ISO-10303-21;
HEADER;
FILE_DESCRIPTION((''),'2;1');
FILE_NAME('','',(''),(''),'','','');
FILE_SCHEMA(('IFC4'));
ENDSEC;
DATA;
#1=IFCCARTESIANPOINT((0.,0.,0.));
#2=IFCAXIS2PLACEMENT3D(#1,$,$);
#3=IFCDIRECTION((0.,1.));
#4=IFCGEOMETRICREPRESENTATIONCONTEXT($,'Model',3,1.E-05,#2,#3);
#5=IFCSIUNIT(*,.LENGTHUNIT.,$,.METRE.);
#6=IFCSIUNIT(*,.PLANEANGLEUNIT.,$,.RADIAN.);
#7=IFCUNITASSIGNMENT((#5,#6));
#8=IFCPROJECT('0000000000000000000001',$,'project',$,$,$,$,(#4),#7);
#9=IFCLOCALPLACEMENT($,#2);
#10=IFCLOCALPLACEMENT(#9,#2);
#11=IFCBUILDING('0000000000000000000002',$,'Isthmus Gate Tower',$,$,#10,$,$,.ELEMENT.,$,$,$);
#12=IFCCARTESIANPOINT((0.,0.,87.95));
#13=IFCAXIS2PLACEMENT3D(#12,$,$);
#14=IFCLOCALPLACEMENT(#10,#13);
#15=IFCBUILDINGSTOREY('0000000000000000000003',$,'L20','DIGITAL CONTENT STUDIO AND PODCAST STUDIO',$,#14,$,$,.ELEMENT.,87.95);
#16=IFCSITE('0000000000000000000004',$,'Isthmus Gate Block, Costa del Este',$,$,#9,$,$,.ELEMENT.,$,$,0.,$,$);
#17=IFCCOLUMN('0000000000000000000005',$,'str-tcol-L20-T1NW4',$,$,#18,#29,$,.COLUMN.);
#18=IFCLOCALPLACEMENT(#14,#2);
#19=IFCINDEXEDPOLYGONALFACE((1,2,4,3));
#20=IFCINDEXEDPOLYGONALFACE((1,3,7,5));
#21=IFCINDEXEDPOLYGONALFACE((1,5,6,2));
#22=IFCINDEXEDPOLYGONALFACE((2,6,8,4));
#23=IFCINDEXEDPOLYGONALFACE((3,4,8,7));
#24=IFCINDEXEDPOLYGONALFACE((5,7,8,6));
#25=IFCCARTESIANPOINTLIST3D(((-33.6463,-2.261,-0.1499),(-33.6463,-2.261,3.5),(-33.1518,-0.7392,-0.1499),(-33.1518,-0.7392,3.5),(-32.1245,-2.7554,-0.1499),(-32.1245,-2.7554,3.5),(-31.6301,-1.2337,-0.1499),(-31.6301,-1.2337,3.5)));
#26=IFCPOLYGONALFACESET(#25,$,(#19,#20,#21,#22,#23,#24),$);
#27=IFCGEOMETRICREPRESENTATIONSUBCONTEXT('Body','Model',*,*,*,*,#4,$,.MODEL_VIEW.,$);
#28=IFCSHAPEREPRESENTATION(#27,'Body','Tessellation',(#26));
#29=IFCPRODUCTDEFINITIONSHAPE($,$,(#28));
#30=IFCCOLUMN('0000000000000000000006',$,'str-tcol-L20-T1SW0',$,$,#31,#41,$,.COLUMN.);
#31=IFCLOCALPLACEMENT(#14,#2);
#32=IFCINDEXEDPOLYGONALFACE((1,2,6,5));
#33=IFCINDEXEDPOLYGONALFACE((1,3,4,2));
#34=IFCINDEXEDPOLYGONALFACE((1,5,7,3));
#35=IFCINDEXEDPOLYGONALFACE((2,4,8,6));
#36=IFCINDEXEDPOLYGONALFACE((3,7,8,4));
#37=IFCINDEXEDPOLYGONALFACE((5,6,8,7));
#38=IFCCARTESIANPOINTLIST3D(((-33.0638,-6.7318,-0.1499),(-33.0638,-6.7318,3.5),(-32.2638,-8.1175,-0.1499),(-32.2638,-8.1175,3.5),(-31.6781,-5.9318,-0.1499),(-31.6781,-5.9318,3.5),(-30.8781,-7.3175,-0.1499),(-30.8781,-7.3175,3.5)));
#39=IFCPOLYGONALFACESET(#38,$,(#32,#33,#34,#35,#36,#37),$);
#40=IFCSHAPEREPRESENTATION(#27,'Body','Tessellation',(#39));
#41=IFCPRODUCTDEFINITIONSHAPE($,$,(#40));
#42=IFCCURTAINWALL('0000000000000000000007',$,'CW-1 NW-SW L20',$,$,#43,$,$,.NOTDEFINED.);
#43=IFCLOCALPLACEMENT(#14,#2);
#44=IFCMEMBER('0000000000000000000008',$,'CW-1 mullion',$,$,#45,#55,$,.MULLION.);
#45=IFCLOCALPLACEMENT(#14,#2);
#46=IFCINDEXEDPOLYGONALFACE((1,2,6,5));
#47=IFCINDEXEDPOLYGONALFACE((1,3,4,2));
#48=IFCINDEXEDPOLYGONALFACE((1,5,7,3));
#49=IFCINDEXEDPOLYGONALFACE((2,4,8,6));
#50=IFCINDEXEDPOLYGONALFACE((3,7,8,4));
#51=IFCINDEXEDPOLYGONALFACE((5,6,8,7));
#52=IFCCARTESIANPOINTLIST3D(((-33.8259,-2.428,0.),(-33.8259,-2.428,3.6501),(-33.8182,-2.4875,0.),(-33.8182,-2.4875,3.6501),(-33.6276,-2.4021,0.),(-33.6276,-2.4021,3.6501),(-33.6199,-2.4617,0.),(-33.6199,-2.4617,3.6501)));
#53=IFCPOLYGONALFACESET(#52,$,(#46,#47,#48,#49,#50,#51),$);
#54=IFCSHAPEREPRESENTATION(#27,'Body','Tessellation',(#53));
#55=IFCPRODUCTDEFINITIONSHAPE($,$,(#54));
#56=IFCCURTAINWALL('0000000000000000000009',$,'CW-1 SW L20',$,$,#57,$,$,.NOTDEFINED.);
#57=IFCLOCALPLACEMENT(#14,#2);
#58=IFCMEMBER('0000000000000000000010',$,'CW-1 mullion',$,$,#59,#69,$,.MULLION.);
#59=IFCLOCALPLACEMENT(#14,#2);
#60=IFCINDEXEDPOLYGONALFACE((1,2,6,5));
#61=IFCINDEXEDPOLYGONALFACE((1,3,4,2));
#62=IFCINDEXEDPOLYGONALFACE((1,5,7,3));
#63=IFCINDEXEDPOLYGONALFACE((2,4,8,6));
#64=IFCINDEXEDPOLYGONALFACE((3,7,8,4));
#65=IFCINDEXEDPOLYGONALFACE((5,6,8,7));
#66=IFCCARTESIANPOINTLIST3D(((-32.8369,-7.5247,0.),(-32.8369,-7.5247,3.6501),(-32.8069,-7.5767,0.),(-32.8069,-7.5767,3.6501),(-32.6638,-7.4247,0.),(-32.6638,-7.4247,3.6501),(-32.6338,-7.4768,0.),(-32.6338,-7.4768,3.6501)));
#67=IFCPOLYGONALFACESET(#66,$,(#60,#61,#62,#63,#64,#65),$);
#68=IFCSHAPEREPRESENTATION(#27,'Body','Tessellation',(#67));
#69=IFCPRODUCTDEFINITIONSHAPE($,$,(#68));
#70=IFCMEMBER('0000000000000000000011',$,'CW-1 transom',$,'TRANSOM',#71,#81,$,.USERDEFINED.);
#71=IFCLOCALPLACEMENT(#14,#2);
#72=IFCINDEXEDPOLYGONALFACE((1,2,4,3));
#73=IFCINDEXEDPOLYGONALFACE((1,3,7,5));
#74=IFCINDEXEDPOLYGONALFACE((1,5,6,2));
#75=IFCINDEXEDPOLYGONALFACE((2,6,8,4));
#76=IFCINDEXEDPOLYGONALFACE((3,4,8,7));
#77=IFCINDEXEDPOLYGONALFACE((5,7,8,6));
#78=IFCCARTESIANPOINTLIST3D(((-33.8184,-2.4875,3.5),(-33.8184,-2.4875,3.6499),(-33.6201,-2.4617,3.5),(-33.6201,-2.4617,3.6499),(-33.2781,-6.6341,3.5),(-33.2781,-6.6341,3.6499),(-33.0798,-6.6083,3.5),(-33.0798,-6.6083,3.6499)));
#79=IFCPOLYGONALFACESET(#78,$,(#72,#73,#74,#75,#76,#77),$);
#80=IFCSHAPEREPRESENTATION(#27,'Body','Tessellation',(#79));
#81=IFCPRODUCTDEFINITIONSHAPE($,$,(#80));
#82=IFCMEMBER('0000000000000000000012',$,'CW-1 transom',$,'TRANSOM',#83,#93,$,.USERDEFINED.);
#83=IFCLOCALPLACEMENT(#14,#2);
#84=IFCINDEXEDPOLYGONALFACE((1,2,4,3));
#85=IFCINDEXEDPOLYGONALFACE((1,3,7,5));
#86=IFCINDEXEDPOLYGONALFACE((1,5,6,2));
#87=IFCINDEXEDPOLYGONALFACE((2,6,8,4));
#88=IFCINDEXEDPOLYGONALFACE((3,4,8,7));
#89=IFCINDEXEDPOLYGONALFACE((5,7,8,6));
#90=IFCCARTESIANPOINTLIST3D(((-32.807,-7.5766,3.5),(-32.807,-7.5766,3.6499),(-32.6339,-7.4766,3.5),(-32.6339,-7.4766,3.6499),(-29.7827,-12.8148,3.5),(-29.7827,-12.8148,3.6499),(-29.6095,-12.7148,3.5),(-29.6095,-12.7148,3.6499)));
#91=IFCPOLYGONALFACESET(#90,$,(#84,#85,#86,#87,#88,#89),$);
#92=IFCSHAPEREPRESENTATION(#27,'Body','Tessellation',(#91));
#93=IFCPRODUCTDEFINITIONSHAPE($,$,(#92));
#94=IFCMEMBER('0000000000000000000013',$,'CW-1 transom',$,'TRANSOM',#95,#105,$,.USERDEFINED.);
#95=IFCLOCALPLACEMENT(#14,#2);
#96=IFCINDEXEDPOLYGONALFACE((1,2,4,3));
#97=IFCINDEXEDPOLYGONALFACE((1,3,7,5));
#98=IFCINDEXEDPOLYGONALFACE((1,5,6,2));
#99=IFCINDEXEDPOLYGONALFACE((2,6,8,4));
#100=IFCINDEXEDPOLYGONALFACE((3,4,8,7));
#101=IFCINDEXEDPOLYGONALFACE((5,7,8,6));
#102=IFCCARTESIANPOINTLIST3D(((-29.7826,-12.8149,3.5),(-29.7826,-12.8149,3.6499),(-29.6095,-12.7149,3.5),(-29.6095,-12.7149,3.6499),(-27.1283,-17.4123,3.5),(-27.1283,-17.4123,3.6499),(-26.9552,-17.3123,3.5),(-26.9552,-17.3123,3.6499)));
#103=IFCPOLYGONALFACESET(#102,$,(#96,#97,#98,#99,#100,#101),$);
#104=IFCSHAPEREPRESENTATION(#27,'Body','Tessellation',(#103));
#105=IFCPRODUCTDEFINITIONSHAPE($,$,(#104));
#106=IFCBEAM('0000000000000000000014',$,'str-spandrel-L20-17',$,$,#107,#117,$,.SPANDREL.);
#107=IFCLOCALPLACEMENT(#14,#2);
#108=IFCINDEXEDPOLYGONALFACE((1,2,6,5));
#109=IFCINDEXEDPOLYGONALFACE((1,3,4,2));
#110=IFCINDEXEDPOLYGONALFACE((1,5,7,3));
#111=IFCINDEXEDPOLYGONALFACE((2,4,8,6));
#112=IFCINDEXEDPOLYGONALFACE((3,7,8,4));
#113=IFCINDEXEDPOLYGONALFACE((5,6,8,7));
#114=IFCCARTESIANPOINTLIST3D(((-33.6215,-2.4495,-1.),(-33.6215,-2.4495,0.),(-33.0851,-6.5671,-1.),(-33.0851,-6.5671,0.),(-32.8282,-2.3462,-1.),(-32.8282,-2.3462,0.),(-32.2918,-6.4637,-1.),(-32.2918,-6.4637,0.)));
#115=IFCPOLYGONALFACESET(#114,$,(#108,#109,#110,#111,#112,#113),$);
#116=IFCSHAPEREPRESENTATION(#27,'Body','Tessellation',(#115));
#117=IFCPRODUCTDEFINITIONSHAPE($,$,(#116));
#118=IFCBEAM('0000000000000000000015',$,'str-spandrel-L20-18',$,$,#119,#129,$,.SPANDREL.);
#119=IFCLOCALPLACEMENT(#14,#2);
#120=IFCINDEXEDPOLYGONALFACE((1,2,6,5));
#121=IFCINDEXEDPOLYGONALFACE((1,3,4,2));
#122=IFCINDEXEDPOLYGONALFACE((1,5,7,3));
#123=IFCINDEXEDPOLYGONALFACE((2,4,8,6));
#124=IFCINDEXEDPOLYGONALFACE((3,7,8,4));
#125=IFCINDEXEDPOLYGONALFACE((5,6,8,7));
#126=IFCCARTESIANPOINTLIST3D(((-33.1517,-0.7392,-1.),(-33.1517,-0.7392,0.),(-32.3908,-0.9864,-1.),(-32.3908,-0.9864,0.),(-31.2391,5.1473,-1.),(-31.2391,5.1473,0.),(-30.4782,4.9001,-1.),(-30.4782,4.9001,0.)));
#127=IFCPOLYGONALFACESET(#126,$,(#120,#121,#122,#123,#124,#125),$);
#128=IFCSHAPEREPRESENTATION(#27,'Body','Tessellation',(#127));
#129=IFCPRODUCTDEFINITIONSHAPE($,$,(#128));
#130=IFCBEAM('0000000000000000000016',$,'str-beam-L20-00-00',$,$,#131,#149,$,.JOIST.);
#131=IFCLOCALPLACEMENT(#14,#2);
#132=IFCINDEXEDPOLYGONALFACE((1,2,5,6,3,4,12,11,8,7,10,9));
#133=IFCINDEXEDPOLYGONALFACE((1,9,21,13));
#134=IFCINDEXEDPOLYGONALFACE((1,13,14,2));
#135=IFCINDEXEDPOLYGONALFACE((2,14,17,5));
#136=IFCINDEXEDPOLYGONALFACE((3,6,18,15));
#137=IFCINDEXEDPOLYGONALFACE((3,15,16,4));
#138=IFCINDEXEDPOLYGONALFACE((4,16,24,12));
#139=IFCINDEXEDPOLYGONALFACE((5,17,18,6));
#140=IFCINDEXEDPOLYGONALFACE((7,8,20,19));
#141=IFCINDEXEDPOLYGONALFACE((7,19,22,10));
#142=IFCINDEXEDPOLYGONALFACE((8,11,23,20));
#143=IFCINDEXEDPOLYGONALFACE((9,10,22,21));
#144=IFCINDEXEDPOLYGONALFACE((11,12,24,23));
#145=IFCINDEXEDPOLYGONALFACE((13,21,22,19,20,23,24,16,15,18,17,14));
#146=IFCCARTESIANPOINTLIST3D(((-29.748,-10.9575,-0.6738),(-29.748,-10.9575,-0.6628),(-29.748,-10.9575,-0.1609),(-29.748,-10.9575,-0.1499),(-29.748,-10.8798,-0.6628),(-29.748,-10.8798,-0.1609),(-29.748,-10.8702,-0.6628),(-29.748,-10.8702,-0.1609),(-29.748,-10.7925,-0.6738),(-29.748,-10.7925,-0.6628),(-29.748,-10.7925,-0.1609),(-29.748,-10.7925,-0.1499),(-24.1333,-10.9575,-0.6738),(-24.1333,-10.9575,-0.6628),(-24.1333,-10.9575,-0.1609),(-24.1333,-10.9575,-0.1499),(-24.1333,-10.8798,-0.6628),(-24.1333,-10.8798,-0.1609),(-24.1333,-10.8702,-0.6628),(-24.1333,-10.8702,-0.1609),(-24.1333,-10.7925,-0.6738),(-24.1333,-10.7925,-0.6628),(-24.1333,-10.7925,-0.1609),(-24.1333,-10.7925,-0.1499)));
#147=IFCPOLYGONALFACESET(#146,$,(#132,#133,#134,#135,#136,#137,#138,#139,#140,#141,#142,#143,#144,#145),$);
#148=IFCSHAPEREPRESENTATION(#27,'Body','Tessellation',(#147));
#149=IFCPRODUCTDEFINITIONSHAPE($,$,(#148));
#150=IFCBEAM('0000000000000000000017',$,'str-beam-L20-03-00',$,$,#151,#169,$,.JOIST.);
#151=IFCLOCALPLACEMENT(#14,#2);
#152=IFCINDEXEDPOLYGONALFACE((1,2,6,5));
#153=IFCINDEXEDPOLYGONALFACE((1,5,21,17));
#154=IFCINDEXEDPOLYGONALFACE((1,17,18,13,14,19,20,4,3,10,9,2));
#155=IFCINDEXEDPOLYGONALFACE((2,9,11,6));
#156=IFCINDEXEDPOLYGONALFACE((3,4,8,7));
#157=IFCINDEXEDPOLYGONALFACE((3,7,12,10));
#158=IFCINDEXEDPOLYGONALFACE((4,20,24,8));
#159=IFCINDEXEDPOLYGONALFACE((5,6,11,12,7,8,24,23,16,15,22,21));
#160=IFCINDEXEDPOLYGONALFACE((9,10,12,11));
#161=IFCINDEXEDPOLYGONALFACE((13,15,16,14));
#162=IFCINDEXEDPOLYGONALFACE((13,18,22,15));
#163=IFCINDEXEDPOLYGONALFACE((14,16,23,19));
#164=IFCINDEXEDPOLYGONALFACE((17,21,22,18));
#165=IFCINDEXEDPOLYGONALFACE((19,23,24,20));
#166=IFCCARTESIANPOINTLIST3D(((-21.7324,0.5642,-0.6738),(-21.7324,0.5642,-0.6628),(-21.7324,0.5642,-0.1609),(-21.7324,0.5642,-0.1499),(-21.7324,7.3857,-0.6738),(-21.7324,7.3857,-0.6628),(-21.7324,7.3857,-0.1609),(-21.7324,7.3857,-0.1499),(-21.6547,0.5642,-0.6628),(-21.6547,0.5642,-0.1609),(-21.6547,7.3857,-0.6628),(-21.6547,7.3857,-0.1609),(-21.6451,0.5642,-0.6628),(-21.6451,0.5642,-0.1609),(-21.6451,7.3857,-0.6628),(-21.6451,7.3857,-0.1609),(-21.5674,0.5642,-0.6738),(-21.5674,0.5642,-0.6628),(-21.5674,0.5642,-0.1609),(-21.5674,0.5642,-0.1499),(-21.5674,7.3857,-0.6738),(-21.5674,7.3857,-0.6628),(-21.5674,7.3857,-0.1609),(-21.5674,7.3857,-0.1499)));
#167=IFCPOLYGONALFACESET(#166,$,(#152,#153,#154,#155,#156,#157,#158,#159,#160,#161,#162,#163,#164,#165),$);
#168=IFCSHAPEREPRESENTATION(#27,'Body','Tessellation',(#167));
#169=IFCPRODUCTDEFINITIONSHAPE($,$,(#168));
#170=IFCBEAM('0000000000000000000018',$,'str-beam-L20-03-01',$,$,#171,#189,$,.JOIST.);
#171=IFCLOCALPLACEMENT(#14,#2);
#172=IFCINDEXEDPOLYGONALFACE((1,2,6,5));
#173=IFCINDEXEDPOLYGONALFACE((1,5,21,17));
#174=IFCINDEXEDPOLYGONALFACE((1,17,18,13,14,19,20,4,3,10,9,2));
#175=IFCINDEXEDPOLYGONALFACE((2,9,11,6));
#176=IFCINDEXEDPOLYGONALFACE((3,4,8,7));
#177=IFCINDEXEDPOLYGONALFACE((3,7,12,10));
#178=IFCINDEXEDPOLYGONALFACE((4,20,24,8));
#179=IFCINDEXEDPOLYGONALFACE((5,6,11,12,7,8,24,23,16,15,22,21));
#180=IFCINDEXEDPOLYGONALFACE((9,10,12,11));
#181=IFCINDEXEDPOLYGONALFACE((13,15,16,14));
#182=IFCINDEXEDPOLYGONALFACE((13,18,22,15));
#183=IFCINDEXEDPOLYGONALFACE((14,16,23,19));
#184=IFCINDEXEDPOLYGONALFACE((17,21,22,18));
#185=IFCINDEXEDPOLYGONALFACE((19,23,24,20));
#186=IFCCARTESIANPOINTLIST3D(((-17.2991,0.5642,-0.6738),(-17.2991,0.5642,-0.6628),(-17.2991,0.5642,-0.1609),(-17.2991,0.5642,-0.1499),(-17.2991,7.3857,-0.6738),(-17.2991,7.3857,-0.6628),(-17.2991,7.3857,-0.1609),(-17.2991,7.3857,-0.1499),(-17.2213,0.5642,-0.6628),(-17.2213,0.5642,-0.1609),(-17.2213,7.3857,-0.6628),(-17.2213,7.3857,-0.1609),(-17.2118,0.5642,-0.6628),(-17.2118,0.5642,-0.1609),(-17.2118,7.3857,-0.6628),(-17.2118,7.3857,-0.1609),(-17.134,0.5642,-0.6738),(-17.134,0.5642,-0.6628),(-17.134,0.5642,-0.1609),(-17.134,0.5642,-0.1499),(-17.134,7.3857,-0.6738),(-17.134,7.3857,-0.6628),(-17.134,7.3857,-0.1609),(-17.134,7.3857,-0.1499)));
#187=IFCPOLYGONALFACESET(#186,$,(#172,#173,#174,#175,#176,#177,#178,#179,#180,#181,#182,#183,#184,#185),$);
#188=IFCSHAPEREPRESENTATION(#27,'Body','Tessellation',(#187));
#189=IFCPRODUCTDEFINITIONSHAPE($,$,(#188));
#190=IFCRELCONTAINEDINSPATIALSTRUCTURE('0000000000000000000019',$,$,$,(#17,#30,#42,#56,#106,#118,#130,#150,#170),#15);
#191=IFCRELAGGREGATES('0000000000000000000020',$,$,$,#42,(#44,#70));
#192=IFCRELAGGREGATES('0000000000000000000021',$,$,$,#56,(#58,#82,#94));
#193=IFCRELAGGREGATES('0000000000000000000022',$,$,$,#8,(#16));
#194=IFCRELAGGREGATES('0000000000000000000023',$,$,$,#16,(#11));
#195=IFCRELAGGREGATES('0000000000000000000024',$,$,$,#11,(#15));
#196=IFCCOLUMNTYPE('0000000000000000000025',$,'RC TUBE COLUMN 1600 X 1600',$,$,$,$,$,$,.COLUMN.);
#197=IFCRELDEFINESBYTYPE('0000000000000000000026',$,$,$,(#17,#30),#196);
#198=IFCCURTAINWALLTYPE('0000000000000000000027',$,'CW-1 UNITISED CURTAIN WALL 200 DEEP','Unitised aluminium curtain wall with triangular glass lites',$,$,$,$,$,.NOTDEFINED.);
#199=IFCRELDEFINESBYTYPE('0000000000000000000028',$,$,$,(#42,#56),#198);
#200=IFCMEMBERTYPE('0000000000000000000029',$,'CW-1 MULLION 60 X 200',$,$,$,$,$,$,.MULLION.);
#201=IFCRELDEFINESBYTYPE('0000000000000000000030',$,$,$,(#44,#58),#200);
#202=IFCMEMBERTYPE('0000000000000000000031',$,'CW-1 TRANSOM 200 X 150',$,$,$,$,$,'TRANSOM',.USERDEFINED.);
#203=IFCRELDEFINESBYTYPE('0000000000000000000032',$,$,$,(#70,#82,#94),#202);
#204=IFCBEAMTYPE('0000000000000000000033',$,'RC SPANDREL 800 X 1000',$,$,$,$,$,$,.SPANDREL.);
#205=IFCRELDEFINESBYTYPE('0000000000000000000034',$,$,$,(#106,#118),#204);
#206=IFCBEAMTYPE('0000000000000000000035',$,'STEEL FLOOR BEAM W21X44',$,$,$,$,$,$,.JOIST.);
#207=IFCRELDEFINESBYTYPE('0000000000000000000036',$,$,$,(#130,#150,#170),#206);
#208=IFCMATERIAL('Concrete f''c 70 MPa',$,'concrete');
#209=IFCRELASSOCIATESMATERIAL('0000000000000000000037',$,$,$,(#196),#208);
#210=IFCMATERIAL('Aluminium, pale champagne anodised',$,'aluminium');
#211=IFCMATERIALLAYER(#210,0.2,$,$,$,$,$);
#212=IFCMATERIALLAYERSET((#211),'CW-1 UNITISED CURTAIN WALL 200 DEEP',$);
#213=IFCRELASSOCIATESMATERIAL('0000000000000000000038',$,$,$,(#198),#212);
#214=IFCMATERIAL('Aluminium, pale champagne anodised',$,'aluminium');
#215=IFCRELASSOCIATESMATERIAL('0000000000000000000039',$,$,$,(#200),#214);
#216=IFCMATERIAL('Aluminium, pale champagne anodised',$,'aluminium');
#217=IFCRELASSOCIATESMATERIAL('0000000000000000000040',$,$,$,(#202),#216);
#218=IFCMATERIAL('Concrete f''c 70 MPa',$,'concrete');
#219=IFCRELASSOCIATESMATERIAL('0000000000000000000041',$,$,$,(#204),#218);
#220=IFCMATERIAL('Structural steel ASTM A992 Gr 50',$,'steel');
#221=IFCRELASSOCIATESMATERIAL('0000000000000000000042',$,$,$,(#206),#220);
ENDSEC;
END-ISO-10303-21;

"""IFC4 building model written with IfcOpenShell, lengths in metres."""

from ifc_helpers import new_model, si_unit, direction, frame, origin, origin_2d, place, context, subcontext, project, spatial, rectangle, i_section, extrude, material, layer, layer_set, material_profile, profile_set, type_object, element, aggregate, save


model = new_model("IFC4")

# Units and contexts
model_context = context("Model", 3, precision=1e-05, world=origin(), true_north=direction((0.0, 1.0)))
body_context = subcontext(model_context, "Body", "Model", "MODEL_VIEW")
ifc_project = project(units=[si_unit("LENGTHUNIT", "METRE"), si_unit("PLANEANGLEUNIT", "RADIAN")], contexts=[model_context])

# Site, building, storey
site_placement = place(None, origin())
site = spatial("IfcSite", under=ifc_project, at=site_placement, Name="Isthmus Gate Block, Costa del Este", CompositionType="ELEMENT", RefElevation=0.0)
building_placement = place(site_placement, origin())
building = spatial("IfcBuilding", under=site, at=building_placement, Name="Isthmus Gate Tower", CompositionType="ELEMENT")
storey_placement = place(building_placement, frame((0.0, 0.0, 87.95)))
storey = spatial("IfcBuildingStorey", under=building, at=storey_placement, Name="L20", Description="DIGITAL CONTENT STUDIO AND PODCAST STUDIO", CompositionType="ELEMENT", Elevation=87.95)

# Columns
ifc_material_1 = material(Name="Concrete f'c 70 MPa", Category="concrete")
ifc_material_profile_1 = material_profile(ifc_material_1, rectangle(XDim=1.6001, YDim=1.6001, at=origin_2d()), Name="RC 1600X1600")
ifc_profile_set_1 = profile_set([ifc_material_profile_1], Name="Concrete f'c 70 MPa")
column_type = type_object("IfcColumnType", Name="RC TUBE COLUMN 1600 X 1600", PredefinedType="COLUMN", material=ifc_profile_set_1)
for number, where, z_axis, x_axis, name in (
    (1, (-32.6382, -1.7473, -0.1499), (0.0, 0.0, 1.0), (-0.309017, -0.951057, 0.0), "str-tcol-L20-T1NW4"),
    (2, (-31.9709, -7.0247, -0.1499), (0.0, 0.0, 1.0), (0.5, -0.866025, 0.0), "str-tcol-L20-T1SW0"),
):
    element("IfcColumn", number, at=place(storey_placement, frame(where, z_axis=z_axis, x_axis=x_axis)), inside=storey, type_object=column_type, Name=name, PredefinedType="COLUMN", context=body_context, shape_type="SweptSolid", body=[
        extrude(rectangle(XDim=1.6001, YDim=1.6001, at=origin_2d()), origin(), (0.0, 0.0, 1.0), 3.6499),
    ])

# Curtain walls, members
ifc_material_2 = material(Name="Aluminium, pale champagne anodised", Category="aluminium")
ifc_layer_1 = layer(ifc_material_2, 0.2)
ifc_layer_set_1 = layer_set([ifc_layer_1], Name="CW-1 UNITISED CURTAIN WALL 200 DEEP")
curtain_wall_type = type_object("IfcCurtainWallType", Name="CW-1 UNITISED CURTAIN WALL 200 DEEP", Description="Unitised aluminium curtain wall with triangular glass lites", PredefinedType="NOTDEFINED", material=ifc_layer_set_1)
curtain_wall_1_placement = place(storey_placement, origin())
curtain_wall_1 = element("IfcCurtainWall", 3, at=curtain_wall_1_placement, inside=storey, type_object=curtain_wall_type, Name="CW-1 NW-SW L20", PredefinedType="NOTDEFINED")
ifc_material_3 = material(Name="Aluminium, pale champagne anodised", Category="aluminium")
ifc_material_profile_2 = material_profile(ifc_material_3, rectangle(XDim=0.0601, YDim=0.2, at=origin_2d()), Name="60x200")
ifc_profile_set_2 = profile_set([ifc_material_profile_2], Name="Aluminium, pale champagne anodised")
member_type_1 = type_object("IfcMemberType", Name="CW-1 MULLION 60 X 200", PredefinedType="MULLION", material=ifc_profile_set_2)
member_1_placement = place(storey_placement, frame((-33.7229, -2.4448, 0.0), z_axis=(0.0, 0.0, 1.0), x_axis=(0.129165, -0.991623, 0.0)))
member_1 = element("IfcMember", 4, at=member_1_placement, type_object=member_type_1, Name="CW-1 mullion", PredefinedType="MULLION", context=body_context, shape_type="SweptSolid", body=[
    extrude(rectangle(XDim=0.0601, YDim=0.2, at=origin_2d()), origin(), (0.0, 0.0, 1.0), 3.6501),
])
curtain_wall_2_placement = place(storey_placement, origin())
curtain_wall_2 = element("IfcCurtainWall", 5, at=curtain_wall_2_placement, inside=storey, type_object=curtain_wall_type, Name="CW-1 SW L20", PredefinedType="NOTDEFINED")
member_2_placement = place(storey_placement, frame((-32.7354, -7.5007, 0.0), z_axis=(0.0, 0.0, 1.0), x_axis=(0.5, -0.866025, 0.0)))
member_2 = element("IfcMember", 6, at=member_2_placement, type_object=member_type_1, Name="CW-1 mullion", PredefinedType="MULLION", context=body_context, shape_type="SweptSolid", body=[
    extrude(rectangle(XDim=0.0601, YDim=0.2, at=origin_2d()), origin(), (0.0, 0.0, 1.0), 3.6501),
])

# Members
ifc_material_4 = material(Name="Aluminium, pale champagne anodised", Category="aluminium")
ifc_material_profile_3 = material_profile(ifc_material_4, rectangle(XDim=0.2, YDim=0.1499, at=origin_2d()), Name="200x150")
ifc_profile_set_3 = profile_set([ifc_material_profile_3], Name="Aluminium, pale champagne anodised")
member_type_2 = type_object("IfcMemberType", Name="CW-1 TRANSOM 200 X 150", ElementType="TRANSOM", PredefinedType="USERDEFINED", material=ifc_profile_set_3)
member_3_placement = place(storey_placement, frame((-33.7192, -2.4746, 3.575), z_axis=(0.129207, -0.991618, 0.0), x_axis=(0.991618, 0.129207, 0.0)))
member_3 = element("IfcMember", 7, at=member_3_placement, type_object=member_type_2, Name="CW-1 transom", ObjectType="TRANSOM", PredefinedType="USERDEFINED", context=body_context, shape_type="SweptSolid", body=[
    extrude(rectangle(XDim=0.2, YDim=0.1499, at=origin_2d()), origin(), (0.0, 0.0, 1.0), 4.1816),
])
member_4_placement = place(storey_placement, frame((-32.7205, -7.5266, 3.575), z_axis=(0.500011, -0.866019, 0.0), x_axis=(0.866019, 0.500011, 0.0)))
member_4 = element("IfcMember", 8, at=member_4_placement, type_object=member_type_2, Name="CW-1 transom", ObjectType="TRANSOM", PredefinedType="USERDEFINED", context=body_context, shape_type="SweptSolid", body=[
    extrude(rectangle(XDim=0.2, YDim=0.1499, at=origin_2d()), origin(), (0.0, 0.0, 1.0), 6.0486),
])
member_5_placement = place(storey_placement, frame((-29.696, -12.7649, 3.575), z_axis=(0.499997, -0.866027, 0.0), x_axis=(0.866027, 0.499997, 0.0)))
member_5 = element("IfcMember", 9, at=member_5_placement, type_object=member_type_2, Name="CW-1 transom", ObjectType="TRANSOM", PredefinedType="USERDEFINED", context=body_context, shape_type="SweptSolid", body=[
    extrude(rectangle(XDim=0.2, YDim=0.1499, at=origin_2d()), origin(), (0.0, 0.0, 1.0), 5.3086),
])

# Beams
ifc_material_5 = material(Name="Concrete f'c 70 MPa", Category="concrete")
ifc_material_profile_4 = material_profile(ifc_material_5, rectangle(XDim=0.8, YDim=1.0, at=origin_2d()), Name="RC 800X1000")
ifc_profile_set_4 = profile_set([ifc_material_profile_4], Name="Concrete f'c 70 MPa")
beam_type_1 = type_object("IfcBeamType", Name="RC SPANDREL 800 X 1000", PredefinedType="SPANDREL", material=ifc_profile_set_4)
beam_1_placement = place(storey_placement, frame((-32.6885, -6.5154, -0.5), z_axis=(-0.129171, 0.991622, 0.0), x_axis=(-0.991622, -0.129171, 0.0)))
element("IfcBeam", 10, at=beam_1_placement, inside=storey, type_object=beam_type_1, Name="str-spandrel-L20-17", PredefinedType="SPANDREL", context=body_context, shape_type="SweptSolid", body=[
    extrude(rectangle(XDim=0.8, YDim=1.0, at=origin_2d()), origin(), (0.0, 0.0, 1.0), 4.1523),
])
beam_2_placement = place(storey_placement, frame((-32.7712, -0.8628, -0.5), z_axis=(0.309012, 0.951058, 0.0), x_axis=(-0.951058, 0.309012, 0.0)))
element("IfcBeam", 11, at=beam_2_placement, inside=storey, type_object=beam_type_1, Name="str-spandrel-L20-18", PredefinedType="SPANDREL", context=body_context, shape_type="SweptSolid", body=[
    extrude(rectangle(XDim=0.8, YDim=1.0, at=origin_2d()), origin(), (0.0, 0.0, 1.0), 6.1895),
])
ifc_material_6 = material(Name="Structural steel ASTM A992 Gr 50", Category="steel")
ifc_material_profile_5 = material_profile(ifc_material_6, i_section(OverallWidth=0.165, OverallDepth=0.5239, WebThickness=0.0095, FlangeThickness=0.011, at=origin_2d()), Name="W21X44")
ifc_profile_set_5 = profile_set([ifc_material_profile_5], Name="Structural steel ASTM A992 Gr 50")
beam_type_2 = type_object("IfcBeamType", Name="STEEL FLOOR BEAM W21X44", PredefinedType="JOIST", material=ifc_profile_set_5)
beam_3_placement = place(storey_placement, frame((-29.748, -10.875, -0.4119), z_axis=(1.0, 0.0, 0.0), x_axis=(0.0, 1.0, 0.0)))
element("IfcBeam", 12, at=beam_3_placement, inside=storey, type_object=beam_type_2, Name="str-beam-L20-00-00", PredefinedType="JOIST", context=body_context, shape_type="SweptSolid", body=[
    extrude(i_section(OverallWidth=0.165, OverallDepth=0.5239, WebThickness=0.0095, FlangeThickness=0.011, at=origin_2d()), origin(), (0.0, 0.0, 1.0), 5.6147),
])
for number, where, z_axis, x_axis, name in (
    (13, (-21.6499, 0.5642, -0.4119), (0.0, 1.0, 0.0), (-1.0, 0.0, 0.0), "str-beam-L20-03-00"),
    (14, (-17.2166, 0.5642, -0.4119), (0.0, 1.0, 0.0), (-1.0, 0.0, 0.0), "str-beam-L20-03-01"),
):
    element("IfcBeam", number, at=place(storey_placement, frame(where, z_axis=z_axis, x_axis=x_axis)), inside=storey, type_object=beam_type_2, Name=name, PredefinedType="JOIST", context=body_context, shape_type="SweptSolid", body=[
        extrude(i_section(OverallWidth=0.165, OverallDepth=0.5239, WebThickness=0.0095, FlangeThickness=0.011, at=origin_2d()), origin(), (0.0, 0.0, 1.0), 6.8215),
    ])

aggregate(curtain_wall_1, [member_1, member_3])
aggregate(curtain_wall_2, [member_2, member_4, member_5])

save(model, "model.ifc")
